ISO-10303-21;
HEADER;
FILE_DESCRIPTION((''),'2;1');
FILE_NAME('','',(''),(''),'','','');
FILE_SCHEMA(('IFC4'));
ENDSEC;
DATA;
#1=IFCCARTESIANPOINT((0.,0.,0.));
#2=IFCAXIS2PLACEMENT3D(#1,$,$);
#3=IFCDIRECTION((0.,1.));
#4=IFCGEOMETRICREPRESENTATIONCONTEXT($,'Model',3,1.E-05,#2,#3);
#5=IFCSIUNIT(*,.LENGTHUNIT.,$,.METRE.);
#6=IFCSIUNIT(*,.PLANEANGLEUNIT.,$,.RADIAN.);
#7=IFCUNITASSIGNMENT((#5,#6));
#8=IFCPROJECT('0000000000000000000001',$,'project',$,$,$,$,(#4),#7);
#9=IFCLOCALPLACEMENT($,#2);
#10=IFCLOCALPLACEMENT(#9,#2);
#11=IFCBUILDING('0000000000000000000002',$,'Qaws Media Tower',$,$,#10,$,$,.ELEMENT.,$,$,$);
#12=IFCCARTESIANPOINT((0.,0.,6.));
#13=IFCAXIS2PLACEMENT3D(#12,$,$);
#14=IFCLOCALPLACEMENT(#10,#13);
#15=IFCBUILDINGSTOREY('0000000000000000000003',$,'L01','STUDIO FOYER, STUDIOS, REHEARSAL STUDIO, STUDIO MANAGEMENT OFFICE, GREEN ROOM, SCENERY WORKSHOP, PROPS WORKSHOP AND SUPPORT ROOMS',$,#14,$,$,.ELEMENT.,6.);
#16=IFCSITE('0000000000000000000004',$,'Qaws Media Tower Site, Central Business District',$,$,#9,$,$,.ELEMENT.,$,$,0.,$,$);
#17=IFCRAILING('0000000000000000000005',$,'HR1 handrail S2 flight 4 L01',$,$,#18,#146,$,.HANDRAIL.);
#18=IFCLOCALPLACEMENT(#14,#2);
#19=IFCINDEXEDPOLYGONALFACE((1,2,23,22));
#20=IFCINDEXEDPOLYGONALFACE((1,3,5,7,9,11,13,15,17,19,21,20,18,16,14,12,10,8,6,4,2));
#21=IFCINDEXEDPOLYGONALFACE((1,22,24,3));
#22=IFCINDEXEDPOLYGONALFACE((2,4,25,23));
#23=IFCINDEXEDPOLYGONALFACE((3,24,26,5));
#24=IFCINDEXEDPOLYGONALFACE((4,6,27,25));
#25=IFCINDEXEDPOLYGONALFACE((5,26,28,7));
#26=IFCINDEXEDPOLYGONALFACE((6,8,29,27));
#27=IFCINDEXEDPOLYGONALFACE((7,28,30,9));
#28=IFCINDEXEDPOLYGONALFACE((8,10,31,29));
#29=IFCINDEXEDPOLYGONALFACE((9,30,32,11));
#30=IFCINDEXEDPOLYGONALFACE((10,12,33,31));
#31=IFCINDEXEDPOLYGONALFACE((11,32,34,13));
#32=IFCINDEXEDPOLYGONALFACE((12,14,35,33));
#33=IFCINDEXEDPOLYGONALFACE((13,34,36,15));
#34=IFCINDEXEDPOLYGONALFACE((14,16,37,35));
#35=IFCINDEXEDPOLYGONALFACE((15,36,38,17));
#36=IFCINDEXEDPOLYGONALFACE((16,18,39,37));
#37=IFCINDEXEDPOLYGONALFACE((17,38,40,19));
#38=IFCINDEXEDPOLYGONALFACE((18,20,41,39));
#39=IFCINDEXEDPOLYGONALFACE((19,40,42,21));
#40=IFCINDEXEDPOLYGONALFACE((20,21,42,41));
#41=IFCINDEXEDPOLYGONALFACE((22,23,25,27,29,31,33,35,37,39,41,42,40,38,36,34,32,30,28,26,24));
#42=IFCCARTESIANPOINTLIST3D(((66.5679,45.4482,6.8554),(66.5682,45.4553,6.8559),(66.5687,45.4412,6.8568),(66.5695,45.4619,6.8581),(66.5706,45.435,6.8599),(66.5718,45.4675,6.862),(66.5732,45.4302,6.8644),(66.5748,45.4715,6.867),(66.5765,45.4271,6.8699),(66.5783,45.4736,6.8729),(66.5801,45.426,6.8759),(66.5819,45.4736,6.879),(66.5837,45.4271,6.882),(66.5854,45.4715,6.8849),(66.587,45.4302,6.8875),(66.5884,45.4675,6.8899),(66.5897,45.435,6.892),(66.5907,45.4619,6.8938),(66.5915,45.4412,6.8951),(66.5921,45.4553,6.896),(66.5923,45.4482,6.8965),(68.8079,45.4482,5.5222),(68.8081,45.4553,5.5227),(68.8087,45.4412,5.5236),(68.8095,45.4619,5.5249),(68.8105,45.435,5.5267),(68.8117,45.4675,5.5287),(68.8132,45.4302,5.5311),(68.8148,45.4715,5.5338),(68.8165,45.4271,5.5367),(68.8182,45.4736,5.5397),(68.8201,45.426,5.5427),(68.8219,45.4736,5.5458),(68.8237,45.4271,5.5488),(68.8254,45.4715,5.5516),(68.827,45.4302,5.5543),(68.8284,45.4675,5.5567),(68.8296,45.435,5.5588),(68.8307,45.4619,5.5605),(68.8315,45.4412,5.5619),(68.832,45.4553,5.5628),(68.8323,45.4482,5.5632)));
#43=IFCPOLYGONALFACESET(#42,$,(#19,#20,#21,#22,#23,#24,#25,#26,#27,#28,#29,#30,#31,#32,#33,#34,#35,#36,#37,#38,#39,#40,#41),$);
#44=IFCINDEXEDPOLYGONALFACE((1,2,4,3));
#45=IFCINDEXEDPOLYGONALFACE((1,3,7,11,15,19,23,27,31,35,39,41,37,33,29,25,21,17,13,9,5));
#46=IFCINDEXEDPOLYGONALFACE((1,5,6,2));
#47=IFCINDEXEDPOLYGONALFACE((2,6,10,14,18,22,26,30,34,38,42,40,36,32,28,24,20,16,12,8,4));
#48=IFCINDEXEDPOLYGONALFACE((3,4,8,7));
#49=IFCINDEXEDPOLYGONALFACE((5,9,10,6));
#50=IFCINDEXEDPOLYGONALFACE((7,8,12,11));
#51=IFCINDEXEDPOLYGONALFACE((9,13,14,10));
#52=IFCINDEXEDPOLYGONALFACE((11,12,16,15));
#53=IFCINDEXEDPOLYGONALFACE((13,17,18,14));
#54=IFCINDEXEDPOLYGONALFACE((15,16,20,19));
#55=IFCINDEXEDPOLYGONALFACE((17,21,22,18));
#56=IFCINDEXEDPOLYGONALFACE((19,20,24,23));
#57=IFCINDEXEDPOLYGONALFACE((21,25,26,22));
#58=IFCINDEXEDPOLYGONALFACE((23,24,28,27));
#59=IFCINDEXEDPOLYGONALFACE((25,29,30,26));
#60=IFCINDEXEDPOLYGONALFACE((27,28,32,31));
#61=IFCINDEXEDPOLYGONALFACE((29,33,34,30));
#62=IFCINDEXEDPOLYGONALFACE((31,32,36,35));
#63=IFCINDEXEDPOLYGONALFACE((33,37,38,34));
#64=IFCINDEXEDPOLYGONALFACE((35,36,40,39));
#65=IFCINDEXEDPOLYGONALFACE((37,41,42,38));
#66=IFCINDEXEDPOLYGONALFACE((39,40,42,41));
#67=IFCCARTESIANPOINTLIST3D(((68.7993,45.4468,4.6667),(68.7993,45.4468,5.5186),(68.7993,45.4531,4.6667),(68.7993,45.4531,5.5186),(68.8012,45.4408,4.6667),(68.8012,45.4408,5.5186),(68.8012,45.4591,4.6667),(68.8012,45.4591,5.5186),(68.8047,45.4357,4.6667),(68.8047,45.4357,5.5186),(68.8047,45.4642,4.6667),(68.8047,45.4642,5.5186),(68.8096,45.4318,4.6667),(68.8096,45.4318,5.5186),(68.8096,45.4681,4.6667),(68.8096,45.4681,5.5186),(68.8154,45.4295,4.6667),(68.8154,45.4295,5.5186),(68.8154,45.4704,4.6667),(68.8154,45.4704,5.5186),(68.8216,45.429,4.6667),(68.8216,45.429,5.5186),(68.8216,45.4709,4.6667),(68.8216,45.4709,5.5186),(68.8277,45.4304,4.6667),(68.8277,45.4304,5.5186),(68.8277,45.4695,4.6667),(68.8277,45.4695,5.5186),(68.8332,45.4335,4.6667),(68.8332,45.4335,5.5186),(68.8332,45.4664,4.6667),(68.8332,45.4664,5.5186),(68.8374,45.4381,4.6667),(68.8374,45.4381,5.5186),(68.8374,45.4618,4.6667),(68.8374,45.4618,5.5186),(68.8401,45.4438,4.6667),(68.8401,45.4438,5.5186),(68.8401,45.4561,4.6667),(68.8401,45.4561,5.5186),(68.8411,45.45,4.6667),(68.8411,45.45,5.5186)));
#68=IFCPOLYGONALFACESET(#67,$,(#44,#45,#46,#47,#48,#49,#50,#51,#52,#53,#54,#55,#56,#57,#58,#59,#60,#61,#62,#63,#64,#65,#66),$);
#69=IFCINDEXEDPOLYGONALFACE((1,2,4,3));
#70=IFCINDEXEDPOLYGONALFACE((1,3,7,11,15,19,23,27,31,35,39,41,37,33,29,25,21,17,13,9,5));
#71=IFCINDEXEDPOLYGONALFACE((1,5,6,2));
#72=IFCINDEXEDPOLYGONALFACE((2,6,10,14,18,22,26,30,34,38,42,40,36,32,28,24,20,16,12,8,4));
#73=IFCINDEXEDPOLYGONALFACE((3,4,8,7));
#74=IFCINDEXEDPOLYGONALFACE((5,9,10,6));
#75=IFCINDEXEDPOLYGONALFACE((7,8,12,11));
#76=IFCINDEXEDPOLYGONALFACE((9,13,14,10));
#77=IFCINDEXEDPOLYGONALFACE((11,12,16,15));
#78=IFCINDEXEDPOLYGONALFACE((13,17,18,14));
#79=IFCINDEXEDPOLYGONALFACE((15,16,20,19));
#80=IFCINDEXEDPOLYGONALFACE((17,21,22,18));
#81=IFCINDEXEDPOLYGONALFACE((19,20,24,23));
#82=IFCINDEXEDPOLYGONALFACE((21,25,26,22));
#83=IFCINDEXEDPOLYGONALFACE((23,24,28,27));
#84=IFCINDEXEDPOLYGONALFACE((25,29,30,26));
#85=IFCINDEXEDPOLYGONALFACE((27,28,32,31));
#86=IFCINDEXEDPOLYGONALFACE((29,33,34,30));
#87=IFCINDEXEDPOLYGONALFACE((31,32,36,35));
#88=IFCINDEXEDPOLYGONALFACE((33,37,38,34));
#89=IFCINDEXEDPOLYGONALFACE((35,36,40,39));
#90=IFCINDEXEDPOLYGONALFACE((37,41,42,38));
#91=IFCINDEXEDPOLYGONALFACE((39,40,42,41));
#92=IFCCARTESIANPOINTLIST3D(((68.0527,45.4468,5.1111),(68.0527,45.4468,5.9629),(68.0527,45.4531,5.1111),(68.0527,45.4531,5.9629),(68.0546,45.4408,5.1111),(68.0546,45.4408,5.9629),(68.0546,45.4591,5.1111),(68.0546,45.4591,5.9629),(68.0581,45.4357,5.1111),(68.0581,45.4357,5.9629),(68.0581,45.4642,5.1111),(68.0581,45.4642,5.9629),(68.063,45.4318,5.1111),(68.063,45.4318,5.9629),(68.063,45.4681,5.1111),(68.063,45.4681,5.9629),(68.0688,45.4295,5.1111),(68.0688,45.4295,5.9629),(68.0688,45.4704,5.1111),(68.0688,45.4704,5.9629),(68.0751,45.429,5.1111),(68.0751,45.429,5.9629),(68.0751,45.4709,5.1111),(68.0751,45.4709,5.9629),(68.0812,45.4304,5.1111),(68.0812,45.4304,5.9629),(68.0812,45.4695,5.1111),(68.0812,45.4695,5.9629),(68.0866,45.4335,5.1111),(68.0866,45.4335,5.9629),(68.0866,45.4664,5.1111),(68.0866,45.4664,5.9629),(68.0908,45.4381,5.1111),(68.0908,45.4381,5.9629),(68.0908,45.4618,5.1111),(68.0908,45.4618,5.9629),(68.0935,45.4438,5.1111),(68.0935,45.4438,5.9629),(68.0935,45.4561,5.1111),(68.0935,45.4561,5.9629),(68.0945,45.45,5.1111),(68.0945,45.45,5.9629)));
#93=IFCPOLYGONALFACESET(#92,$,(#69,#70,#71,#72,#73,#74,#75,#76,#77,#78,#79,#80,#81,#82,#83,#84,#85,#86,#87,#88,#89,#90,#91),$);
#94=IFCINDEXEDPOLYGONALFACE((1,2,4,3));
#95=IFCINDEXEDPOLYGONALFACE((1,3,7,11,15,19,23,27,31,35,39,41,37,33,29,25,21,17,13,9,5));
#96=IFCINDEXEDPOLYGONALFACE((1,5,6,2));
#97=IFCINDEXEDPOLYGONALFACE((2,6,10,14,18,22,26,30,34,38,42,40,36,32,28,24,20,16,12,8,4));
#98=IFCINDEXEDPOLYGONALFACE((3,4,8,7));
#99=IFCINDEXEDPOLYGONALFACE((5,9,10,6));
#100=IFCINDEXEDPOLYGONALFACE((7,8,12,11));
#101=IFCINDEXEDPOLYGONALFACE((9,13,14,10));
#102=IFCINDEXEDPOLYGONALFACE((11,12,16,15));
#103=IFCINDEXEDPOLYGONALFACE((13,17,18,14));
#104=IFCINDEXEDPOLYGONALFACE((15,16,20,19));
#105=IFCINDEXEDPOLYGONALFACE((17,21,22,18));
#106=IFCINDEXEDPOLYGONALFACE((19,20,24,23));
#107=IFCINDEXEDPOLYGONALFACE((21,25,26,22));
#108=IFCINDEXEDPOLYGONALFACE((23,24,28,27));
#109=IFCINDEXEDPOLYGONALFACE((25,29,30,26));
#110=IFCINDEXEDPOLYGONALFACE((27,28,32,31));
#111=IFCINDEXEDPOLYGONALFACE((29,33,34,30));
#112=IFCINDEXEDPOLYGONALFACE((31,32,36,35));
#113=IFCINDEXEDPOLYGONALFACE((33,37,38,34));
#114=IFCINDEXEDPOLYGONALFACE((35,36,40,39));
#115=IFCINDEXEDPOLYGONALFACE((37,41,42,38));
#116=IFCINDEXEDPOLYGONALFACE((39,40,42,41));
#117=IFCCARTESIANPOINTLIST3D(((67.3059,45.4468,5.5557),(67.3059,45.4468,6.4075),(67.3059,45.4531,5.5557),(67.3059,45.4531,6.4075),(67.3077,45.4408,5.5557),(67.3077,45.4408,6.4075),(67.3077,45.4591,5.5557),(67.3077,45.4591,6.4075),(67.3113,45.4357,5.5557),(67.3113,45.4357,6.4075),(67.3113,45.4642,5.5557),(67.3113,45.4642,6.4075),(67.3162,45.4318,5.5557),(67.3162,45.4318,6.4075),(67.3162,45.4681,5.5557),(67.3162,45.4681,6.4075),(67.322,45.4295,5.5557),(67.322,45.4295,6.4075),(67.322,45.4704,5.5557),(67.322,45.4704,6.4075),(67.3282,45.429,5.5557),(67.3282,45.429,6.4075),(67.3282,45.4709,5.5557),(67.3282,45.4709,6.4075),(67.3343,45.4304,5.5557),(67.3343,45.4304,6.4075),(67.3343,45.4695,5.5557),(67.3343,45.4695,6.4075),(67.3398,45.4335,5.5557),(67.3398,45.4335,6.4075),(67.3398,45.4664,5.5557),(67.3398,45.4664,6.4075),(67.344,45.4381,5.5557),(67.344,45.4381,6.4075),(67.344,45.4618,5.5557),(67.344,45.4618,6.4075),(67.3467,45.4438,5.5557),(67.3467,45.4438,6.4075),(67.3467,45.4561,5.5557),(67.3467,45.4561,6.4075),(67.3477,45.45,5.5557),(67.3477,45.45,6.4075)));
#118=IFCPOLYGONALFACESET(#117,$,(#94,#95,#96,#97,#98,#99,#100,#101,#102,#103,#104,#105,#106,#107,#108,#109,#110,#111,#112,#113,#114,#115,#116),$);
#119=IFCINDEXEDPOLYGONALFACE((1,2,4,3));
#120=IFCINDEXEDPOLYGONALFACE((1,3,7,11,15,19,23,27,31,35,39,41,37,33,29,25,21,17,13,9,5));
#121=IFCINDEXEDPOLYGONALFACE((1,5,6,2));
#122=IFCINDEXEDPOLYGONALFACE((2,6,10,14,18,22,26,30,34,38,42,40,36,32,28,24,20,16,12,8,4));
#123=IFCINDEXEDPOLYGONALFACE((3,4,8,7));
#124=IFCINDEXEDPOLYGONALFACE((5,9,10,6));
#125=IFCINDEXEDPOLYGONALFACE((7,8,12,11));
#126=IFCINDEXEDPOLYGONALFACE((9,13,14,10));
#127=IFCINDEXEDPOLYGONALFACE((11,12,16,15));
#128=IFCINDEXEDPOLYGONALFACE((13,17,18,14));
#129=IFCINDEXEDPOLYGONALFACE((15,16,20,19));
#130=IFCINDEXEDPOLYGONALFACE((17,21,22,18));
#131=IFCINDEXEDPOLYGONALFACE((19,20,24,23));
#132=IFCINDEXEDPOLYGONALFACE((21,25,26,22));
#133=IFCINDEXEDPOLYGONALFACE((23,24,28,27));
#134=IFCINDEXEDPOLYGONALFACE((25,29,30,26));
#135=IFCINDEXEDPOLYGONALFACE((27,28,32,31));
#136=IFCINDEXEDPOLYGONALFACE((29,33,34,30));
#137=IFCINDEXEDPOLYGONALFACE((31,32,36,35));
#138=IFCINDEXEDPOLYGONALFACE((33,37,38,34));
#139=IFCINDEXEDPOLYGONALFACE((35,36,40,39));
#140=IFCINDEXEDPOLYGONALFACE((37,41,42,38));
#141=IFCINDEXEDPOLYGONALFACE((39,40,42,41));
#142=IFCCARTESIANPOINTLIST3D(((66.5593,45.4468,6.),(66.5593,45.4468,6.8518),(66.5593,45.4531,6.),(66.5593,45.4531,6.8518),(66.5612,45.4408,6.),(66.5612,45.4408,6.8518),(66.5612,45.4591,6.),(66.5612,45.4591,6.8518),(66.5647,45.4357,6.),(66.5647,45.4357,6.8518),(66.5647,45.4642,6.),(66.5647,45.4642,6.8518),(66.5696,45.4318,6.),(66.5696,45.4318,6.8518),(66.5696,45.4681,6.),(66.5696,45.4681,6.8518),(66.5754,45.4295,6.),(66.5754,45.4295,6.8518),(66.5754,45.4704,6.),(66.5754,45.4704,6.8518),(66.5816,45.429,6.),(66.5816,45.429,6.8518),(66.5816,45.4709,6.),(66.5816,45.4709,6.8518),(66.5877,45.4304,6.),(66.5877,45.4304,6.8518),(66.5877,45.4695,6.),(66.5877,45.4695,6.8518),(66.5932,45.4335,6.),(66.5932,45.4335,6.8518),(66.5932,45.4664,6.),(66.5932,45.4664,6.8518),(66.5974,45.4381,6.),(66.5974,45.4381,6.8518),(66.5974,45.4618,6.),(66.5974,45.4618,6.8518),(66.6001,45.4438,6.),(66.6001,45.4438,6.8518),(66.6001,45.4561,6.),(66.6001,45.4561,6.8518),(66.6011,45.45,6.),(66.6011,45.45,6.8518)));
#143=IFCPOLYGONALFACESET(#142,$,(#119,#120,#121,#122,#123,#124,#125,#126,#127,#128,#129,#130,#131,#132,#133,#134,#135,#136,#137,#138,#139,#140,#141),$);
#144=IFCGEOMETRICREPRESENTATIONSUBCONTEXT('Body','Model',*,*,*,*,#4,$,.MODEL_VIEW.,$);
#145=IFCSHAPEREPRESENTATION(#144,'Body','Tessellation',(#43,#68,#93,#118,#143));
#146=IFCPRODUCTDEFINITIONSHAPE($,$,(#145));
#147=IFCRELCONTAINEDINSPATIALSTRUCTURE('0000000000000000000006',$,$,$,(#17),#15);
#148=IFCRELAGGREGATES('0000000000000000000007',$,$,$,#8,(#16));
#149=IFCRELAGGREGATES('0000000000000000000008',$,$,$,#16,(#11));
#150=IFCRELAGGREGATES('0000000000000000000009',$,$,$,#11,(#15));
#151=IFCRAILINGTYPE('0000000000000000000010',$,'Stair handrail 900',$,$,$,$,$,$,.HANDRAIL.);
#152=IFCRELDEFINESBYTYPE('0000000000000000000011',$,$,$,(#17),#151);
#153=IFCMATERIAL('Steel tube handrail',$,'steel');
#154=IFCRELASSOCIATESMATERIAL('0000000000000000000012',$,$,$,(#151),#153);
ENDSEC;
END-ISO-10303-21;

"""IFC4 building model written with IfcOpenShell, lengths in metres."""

from ifc_helpers import new_model, si_unit, direction, frame, origin, origin_2d, place, context, subcontext, project, spatial, circle, extrude, material, type_object, element, save


model = new_model("IFC4")

# Units and contexts
model_context = context("Model", 3, precision=1e-05, world=origin(), true_north=direction((0.0, 1.0)))
body_context = subcontext(model_context, "Body", "Model", "MODEL_VIEW")
ifc_project = project(units=[si_unit("LENGTHUNIT", "METRE"), si_unit("PLANEANGLEUNIT", "RADIAN")], contexts=[model_context])

# Site, building, storey
site_placement = place(None, origin())
site = spatial("IfcSite", under=ifc_project, at=site_placement, Name="Qaws Media Tower Site, Central Business District", CompositionType="ELEMENT", RefElevation=0.0)
building_placement = place(site_placement, origin())
building = spatial("IfcBuilding", under=site, at=building_placement, Name="Qaws Media Tower", CompositionType="ELEMENT")
storey_placement = place(building_placement, frame((0.0, 0.0, 6.0)))
storey = spatial("IfcBuildingStorey", under=building, at=storey_placement, Name="L01", Description="STUDIO FOYER, STUDIOS, REHEARSAL STUDIO, STUDIO MANAGEMENT OFFICE, GREEN ROOM, SCENERY WORKSHOP, PROPS WORKSHOP AND SUPPORT ROOMS", CompositionType="ELEMENT", Elevation=6.0)

# Railing
ifc_material_1 = material(Name="Steel tube handrail", Category="steel")
railing_type = type_object("IfcRailingType", Name="Stair handrail 900", PredefinedType="HANDRAIL", material=ifc_material_1)
for number, where, name in (
    (1, (68.8201, 45.45, 4.6667), "HR1 handrail S2 flight 4 L01"),
):
    element("IfcRailing", number, at=place(storey_placement, frame(where)), inside=storey, type_object=railing_type, Name=name, PredefinedType="HANDRAIL", context=body_context, shape_type="SweptSolid", body=[
        extrude(circle(Radius=0.0239, at=origin_2d()), frame((0.0, 0.0, 0.876), z_axis=(-0.859306, 0.0, 0.511462), x_axis=(0.0, -1.0, 0.0)), (0.0, 0.0, 1.0), 2.6067),
        extrude(circle(Radius=0.021, at=origin_2d()), origin(), (0.0, 0.0, 1.0), 0.8518),
        extrude(circle(Radius=0.021, at=origin_2d()), frame((-0.7466, 0.0, 0.4443)), (0.0, 0.0, 1.0), 0.8518),
        extrude(circle(Radius=0.021, at=origin_2d()), frame((-1.4934, 0.0, 0.8889)), (0.0, 0.0, 1.0), 0.8518),
        extrude(circle(Radius=0.021, at=origin_2d()), frame((-2.24, 0.0, 1.3333)), (0.0, 0.0, 1.0), 0.8518),
    ])

save(model, "model.ifc")
